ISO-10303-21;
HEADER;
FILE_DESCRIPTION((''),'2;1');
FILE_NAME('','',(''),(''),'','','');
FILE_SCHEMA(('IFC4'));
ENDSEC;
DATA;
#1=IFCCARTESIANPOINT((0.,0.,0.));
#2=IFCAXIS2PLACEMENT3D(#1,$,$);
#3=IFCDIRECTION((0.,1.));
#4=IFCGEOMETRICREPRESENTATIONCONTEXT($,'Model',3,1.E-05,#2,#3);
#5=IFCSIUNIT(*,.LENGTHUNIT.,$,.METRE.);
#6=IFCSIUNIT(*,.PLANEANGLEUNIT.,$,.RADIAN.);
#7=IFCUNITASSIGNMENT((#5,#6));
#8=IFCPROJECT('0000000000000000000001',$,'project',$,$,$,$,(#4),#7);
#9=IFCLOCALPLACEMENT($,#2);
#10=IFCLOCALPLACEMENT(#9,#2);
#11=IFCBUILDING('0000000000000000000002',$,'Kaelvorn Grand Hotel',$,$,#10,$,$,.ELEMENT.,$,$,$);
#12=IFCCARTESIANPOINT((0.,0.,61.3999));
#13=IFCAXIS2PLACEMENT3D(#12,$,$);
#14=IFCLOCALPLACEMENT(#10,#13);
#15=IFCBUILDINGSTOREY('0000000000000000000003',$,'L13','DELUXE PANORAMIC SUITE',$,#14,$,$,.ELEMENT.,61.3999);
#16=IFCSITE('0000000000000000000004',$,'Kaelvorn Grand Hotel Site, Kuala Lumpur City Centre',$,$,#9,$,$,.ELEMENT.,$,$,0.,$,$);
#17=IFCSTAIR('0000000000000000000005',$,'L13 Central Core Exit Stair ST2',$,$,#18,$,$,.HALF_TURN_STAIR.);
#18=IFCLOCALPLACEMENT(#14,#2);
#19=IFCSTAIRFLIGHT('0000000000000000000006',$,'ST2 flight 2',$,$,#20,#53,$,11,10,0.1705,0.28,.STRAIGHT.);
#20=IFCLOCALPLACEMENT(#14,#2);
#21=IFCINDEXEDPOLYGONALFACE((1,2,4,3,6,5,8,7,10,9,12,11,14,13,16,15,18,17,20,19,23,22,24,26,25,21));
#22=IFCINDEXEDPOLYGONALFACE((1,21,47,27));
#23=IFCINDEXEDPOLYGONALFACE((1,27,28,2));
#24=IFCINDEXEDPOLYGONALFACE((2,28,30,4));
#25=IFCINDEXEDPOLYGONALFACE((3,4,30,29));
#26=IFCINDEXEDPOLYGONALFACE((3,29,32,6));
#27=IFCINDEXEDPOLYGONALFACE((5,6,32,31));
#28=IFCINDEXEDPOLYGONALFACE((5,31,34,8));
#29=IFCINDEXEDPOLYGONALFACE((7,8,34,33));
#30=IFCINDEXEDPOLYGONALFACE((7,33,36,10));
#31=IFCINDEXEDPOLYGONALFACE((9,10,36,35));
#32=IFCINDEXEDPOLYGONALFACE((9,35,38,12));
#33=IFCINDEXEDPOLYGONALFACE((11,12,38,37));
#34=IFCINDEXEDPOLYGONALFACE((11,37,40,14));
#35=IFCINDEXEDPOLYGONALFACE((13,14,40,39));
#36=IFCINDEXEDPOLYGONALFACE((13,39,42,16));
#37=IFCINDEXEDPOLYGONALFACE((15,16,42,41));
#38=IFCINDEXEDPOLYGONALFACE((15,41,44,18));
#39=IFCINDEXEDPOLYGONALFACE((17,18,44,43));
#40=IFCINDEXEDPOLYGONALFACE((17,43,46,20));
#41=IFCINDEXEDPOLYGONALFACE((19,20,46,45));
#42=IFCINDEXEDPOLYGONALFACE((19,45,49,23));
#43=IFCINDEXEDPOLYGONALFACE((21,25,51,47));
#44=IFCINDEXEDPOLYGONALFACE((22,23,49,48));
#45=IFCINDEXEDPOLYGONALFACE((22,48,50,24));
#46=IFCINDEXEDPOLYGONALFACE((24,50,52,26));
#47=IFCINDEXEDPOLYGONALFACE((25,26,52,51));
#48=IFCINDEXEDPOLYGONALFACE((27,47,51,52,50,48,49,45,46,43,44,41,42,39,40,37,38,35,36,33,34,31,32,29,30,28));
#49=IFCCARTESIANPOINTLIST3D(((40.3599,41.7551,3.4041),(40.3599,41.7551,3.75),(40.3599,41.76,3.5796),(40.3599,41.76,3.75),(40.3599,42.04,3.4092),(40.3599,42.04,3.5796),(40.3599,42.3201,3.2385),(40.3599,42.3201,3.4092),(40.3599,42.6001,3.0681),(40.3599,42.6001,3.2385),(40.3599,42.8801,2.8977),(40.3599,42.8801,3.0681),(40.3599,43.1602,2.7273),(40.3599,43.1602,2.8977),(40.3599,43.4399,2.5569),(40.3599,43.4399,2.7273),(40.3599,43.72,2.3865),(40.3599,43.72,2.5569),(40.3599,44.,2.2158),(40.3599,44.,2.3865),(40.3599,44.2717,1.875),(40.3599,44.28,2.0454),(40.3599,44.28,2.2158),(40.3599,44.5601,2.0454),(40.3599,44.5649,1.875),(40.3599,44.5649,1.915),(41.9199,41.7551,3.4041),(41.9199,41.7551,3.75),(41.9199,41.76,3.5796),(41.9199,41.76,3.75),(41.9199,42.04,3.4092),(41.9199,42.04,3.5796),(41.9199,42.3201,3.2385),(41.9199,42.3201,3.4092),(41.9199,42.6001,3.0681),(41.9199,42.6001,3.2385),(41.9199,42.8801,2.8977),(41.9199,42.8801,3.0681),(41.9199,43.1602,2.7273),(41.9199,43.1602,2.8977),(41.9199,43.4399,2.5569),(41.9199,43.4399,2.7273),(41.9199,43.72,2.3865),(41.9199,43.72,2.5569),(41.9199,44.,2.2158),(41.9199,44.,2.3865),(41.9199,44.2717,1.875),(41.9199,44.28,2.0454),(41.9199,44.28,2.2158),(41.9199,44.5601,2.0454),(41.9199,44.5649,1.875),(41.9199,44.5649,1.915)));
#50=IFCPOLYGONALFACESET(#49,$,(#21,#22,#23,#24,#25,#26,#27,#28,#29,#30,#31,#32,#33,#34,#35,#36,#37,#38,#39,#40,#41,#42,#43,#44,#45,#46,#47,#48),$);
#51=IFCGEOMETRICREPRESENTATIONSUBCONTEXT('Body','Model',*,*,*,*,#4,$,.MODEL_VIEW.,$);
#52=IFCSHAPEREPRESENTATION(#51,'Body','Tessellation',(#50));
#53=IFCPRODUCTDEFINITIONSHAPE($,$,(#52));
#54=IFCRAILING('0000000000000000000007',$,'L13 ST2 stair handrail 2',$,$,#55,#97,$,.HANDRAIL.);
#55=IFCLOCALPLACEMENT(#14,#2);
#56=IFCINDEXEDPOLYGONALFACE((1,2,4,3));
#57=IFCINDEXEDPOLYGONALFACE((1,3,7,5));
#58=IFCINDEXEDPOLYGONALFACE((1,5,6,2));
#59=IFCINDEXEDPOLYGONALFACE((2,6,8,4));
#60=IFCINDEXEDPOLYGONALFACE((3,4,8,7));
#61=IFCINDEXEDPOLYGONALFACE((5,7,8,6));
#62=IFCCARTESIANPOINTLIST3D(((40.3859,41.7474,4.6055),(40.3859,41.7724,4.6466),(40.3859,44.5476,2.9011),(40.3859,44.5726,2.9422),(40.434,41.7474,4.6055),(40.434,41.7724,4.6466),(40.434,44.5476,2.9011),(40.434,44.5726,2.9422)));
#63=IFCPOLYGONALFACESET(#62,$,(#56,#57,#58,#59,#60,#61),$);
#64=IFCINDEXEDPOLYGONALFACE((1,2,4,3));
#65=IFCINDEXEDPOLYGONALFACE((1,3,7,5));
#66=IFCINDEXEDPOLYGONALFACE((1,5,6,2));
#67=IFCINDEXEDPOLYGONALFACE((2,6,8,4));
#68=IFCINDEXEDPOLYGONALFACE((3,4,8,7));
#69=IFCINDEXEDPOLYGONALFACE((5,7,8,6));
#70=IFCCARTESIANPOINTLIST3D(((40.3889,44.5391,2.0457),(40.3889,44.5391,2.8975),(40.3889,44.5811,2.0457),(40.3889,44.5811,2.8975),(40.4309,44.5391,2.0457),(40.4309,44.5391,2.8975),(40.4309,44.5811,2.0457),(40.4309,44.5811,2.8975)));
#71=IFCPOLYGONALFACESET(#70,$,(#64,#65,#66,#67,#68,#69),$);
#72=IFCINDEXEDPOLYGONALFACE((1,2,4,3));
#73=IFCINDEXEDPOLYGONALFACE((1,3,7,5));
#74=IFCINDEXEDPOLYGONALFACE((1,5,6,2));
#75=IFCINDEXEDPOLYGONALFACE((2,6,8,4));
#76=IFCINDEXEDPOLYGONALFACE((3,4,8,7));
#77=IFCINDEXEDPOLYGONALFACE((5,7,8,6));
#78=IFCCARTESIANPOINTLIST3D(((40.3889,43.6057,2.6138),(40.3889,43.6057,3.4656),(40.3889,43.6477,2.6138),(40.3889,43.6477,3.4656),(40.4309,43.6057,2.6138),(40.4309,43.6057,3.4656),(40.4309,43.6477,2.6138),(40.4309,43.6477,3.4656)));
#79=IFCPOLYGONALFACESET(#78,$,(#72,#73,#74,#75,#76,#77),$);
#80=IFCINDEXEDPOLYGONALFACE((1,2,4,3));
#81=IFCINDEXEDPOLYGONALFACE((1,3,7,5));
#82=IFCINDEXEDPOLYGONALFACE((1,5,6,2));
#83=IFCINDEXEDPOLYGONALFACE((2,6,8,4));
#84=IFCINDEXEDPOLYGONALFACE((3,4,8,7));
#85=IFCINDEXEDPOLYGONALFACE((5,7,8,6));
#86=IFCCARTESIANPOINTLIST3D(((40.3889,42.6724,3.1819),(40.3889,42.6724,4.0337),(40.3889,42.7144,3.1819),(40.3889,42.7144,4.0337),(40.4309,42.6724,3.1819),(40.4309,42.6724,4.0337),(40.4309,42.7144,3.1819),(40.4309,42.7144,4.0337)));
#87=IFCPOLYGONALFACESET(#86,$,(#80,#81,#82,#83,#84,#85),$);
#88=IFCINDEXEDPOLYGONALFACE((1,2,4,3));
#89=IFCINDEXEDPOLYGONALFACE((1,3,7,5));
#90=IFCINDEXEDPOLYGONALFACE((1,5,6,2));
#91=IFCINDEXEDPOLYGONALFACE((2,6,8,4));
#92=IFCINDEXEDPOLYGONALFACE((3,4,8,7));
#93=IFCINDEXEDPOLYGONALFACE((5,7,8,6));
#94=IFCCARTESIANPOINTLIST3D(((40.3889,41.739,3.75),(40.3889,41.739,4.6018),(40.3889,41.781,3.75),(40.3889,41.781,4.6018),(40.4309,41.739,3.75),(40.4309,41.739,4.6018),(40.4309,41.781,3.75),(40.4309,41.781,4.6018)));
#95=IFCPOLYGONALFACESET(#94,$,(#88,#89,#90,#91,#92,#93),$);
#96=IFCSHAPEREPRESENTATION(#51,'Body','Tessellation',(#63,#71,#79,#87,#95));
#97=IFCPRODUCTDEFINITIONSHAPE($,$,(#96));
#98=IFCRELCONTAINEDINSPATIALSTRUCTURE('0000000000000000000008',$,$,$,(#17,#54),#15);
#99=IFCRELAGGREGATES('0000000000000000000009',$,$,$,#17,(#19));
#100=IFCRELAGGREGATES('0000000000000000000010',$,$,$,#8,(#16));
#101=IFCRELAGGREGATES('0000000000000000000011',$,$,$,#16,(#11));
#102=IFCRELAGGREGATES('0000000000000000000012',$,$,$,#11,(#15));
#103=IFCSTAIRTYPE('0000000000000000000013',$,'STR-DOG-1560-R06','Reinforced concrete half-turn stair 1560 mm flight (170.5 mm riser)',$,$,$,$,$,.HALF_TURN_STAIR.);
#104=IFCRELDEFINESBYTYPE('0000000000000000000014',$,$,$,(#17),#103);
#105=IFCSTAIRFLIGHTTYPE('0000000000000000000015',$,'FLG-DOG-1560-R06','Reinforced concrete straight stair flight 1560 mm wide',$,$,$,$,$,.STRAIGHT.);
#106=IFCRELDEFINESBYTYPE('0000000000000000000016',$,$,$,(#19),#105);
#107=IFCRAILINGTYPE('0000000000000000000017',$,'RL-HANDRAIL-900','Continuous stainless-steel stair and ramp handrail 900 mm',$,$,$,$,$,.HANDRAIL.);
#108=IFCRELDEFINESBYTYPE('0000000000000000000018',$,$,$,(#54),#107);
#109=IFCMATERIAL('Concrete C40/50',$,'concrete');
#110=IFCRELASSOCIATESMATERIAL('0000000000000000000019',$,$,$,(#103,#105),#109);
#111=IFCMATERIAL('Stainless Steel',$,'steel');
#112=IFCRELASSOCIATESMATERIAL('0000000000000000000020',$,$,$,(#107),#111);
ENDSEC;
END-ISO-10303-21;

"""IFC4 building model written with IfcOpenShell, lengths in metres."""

from ifc_helpers import new_model, si_unit, direction, frame, origin, origin_2d, place, context, subcontext, project, spatial, polyline, rectangle, outline, extrude, material, type_object, element, aggregate, save


model = new_model("IFC4")

# Units and contexts
model_context = context("Model", 3, precision=1e-05, world=origin(), true_north=direction((0.0, 1.0)))
body_context = subcontext(model_context, "Body", "Model", "MODEL_VIEW")
ifc_project = project(units=[si_unit("LENGTHUNIT", "METRE"), si_unit("PLANEANGLEUNIT", "RADIAN")], contexts=[model_context])

# Site, building, storey
site_placement = place(None, origin())
site = spatial("IfcSite", under=ifc_project, at=site_placement, Name="Kaelvorn Grand Hotel Site, Kuala Lumpur City Centre", CompositionType="ELEMENT", RefElevation=0.0)
building_placement = place(site_placement, origin())
building = spatial("IfcBuilding", under=site, at=building_placement, Name="Kaelvorn Grand Hotel", CompositionType="ELEMENT")
storey_placement = place(building_placement, frame((0.0, 0.0, 61.3999)))
storey = spatial("IfcBuildingStorey", under=building, at=storey_placement, Name="L13", Description="DELUXE PANORAMIC SUITE", CompositionType="ELEMENT", Elevation=61.3999)

# Shared definitions
ifc_material_1 = material(Name="Concrete C40/50", Category="concrete")

# Stair, stair flight
stair_type = type_object("IfcStairType", Name="STR-DOG-1560-R06", Description="Reinforced concrete half-turn stair 1560 mm flight (170.5 mm riser)", PredefinedType="HALF_TURN_STAIR", material=ifc_material_1)
stair_placement = place(storey_placement, origin())
stair = element("IfcStair", 1, at=stair_placement, inside=storey, type_object=stair_type, Name="L13 Central Core Exit Stair ST2", PredefinedType="HALF_TURN_STAIR")
stair_flight_type = type_object("IfcStairFlightType", Name="FLG-DOG-1560-R06", Description="Reinforced concrete straight stair flight 1560 mm wide", PredefinedType="STRAIGHT", material=ifc_material_1)
stair_flight_placement = place(storey_placement, frame((41.1399, 44.5601, 1.875), z_axis=(0.0, 0.0, 1.0), x_axis=(0.0, -1.0, 0.0)))
stair_flight = element("IfcStairFlight", 2, at=stair_flight_placement, type_object=stair_flight_type, Name="ST2 flight 2", NumberOfRisers=11, NumberOfTreads=10, PredefinedType="STRAIGHT", RiserHeight=0.1705, TreadLength=0.28, context=body_context, shape_type="SweptSolid", body=[
    extrude(outline(polyline([(-0.0049, 0.0), (-0.0049, 0.04), (0.0, 0.1704), (0.28, 0.1704), (0.28, 0.3408), (0.5601, 0.3408), (0.5601, 0.5115), (0.8401, 0.5115), (0.8401, 0.6819), (1.1201, 0.6819), (1.1201, 0.8523), (1.3999, 0.8523), (1.3999, 1.0227), (1.6799, 1.0227), (1.6799, 1.1931), (1.96, 1.1931), (1.96, 1.3635), (2.24, 1.3635), (2.24, 1.5342), (2.52, 1.5342), (2.52, 1.7046), (2.8, 1.7046), (2.8, 1.875), (2.8049, 1.875), (2.8049, 1.5291), (0.2883, 0.0), (-0.0049, 0.0)])), frame((0.0, 0.78, 0.0), z_axis=(0.0, -1.0, 0.0), x_axis=(1.0, 0.0, 0.0)), (0.0, 0.0, 1.0), 1.5601),
])
aggregate(stair, [stair_flight])

# Railing
ifc_material_2 = material(Name="Stainless Steel", Category="steel")
railing_type = type_object("IfcRailingType", Name="RL-HANDRAIL-900", Description="Continuous stainless-steel stair and ramp handrail 900 mm", PredefinedType="HANDRAIL", material=ifc_material_2)
railing_placement = place(storey_placement, frame((40.4099, 44.5601, 2.0457)))
element("IfcRailing", 3, at=railing_placement, inside=storey, type_object=railing_type, Name="L13 ST2 stair handrail 2", PredefinedType="HANDRAIL", context=body_context, shape_type="SweptSolid", body=[
    extrude(rectangle(XDim=0.0481, YDim=0.0481, at=origin_2d()), frame((0.0, 0.0, 0.876), z_axis=(0.0, -0.854203, 0.51994), x_axis=(1.0, 0.0, 0.0)), (0.0, 0.0, 1.0), 3.2781),
    extrude(rectangle(XDim=0.042, YDim=0.042, at=origin_2d()), origin(), (0.0, 0.0, 1.0), 0.8518),
    extrude(rectangle(XDim=0.042, YDim=0.042, at=origin_2d()), frame((0.0, -0.9333, 0.5681)), (0.0, 0.0, 1.0), 0.8518),
    extrude(rectangle(XDim=0.042, YDim=0.042, at=origin_2d()), frame((0.0, -1.8667, 1.1362)), (0.0, 0.0, 1.0), 0.8518),
    extrude(rectangle(XDim=0.042, YDim=0.042, at=origin_2d()), frame((0.0, -2.8, 1.7043)), (0.0, 0.0, 1.0), 0.8518),
])

save(model, "model.ifc")
